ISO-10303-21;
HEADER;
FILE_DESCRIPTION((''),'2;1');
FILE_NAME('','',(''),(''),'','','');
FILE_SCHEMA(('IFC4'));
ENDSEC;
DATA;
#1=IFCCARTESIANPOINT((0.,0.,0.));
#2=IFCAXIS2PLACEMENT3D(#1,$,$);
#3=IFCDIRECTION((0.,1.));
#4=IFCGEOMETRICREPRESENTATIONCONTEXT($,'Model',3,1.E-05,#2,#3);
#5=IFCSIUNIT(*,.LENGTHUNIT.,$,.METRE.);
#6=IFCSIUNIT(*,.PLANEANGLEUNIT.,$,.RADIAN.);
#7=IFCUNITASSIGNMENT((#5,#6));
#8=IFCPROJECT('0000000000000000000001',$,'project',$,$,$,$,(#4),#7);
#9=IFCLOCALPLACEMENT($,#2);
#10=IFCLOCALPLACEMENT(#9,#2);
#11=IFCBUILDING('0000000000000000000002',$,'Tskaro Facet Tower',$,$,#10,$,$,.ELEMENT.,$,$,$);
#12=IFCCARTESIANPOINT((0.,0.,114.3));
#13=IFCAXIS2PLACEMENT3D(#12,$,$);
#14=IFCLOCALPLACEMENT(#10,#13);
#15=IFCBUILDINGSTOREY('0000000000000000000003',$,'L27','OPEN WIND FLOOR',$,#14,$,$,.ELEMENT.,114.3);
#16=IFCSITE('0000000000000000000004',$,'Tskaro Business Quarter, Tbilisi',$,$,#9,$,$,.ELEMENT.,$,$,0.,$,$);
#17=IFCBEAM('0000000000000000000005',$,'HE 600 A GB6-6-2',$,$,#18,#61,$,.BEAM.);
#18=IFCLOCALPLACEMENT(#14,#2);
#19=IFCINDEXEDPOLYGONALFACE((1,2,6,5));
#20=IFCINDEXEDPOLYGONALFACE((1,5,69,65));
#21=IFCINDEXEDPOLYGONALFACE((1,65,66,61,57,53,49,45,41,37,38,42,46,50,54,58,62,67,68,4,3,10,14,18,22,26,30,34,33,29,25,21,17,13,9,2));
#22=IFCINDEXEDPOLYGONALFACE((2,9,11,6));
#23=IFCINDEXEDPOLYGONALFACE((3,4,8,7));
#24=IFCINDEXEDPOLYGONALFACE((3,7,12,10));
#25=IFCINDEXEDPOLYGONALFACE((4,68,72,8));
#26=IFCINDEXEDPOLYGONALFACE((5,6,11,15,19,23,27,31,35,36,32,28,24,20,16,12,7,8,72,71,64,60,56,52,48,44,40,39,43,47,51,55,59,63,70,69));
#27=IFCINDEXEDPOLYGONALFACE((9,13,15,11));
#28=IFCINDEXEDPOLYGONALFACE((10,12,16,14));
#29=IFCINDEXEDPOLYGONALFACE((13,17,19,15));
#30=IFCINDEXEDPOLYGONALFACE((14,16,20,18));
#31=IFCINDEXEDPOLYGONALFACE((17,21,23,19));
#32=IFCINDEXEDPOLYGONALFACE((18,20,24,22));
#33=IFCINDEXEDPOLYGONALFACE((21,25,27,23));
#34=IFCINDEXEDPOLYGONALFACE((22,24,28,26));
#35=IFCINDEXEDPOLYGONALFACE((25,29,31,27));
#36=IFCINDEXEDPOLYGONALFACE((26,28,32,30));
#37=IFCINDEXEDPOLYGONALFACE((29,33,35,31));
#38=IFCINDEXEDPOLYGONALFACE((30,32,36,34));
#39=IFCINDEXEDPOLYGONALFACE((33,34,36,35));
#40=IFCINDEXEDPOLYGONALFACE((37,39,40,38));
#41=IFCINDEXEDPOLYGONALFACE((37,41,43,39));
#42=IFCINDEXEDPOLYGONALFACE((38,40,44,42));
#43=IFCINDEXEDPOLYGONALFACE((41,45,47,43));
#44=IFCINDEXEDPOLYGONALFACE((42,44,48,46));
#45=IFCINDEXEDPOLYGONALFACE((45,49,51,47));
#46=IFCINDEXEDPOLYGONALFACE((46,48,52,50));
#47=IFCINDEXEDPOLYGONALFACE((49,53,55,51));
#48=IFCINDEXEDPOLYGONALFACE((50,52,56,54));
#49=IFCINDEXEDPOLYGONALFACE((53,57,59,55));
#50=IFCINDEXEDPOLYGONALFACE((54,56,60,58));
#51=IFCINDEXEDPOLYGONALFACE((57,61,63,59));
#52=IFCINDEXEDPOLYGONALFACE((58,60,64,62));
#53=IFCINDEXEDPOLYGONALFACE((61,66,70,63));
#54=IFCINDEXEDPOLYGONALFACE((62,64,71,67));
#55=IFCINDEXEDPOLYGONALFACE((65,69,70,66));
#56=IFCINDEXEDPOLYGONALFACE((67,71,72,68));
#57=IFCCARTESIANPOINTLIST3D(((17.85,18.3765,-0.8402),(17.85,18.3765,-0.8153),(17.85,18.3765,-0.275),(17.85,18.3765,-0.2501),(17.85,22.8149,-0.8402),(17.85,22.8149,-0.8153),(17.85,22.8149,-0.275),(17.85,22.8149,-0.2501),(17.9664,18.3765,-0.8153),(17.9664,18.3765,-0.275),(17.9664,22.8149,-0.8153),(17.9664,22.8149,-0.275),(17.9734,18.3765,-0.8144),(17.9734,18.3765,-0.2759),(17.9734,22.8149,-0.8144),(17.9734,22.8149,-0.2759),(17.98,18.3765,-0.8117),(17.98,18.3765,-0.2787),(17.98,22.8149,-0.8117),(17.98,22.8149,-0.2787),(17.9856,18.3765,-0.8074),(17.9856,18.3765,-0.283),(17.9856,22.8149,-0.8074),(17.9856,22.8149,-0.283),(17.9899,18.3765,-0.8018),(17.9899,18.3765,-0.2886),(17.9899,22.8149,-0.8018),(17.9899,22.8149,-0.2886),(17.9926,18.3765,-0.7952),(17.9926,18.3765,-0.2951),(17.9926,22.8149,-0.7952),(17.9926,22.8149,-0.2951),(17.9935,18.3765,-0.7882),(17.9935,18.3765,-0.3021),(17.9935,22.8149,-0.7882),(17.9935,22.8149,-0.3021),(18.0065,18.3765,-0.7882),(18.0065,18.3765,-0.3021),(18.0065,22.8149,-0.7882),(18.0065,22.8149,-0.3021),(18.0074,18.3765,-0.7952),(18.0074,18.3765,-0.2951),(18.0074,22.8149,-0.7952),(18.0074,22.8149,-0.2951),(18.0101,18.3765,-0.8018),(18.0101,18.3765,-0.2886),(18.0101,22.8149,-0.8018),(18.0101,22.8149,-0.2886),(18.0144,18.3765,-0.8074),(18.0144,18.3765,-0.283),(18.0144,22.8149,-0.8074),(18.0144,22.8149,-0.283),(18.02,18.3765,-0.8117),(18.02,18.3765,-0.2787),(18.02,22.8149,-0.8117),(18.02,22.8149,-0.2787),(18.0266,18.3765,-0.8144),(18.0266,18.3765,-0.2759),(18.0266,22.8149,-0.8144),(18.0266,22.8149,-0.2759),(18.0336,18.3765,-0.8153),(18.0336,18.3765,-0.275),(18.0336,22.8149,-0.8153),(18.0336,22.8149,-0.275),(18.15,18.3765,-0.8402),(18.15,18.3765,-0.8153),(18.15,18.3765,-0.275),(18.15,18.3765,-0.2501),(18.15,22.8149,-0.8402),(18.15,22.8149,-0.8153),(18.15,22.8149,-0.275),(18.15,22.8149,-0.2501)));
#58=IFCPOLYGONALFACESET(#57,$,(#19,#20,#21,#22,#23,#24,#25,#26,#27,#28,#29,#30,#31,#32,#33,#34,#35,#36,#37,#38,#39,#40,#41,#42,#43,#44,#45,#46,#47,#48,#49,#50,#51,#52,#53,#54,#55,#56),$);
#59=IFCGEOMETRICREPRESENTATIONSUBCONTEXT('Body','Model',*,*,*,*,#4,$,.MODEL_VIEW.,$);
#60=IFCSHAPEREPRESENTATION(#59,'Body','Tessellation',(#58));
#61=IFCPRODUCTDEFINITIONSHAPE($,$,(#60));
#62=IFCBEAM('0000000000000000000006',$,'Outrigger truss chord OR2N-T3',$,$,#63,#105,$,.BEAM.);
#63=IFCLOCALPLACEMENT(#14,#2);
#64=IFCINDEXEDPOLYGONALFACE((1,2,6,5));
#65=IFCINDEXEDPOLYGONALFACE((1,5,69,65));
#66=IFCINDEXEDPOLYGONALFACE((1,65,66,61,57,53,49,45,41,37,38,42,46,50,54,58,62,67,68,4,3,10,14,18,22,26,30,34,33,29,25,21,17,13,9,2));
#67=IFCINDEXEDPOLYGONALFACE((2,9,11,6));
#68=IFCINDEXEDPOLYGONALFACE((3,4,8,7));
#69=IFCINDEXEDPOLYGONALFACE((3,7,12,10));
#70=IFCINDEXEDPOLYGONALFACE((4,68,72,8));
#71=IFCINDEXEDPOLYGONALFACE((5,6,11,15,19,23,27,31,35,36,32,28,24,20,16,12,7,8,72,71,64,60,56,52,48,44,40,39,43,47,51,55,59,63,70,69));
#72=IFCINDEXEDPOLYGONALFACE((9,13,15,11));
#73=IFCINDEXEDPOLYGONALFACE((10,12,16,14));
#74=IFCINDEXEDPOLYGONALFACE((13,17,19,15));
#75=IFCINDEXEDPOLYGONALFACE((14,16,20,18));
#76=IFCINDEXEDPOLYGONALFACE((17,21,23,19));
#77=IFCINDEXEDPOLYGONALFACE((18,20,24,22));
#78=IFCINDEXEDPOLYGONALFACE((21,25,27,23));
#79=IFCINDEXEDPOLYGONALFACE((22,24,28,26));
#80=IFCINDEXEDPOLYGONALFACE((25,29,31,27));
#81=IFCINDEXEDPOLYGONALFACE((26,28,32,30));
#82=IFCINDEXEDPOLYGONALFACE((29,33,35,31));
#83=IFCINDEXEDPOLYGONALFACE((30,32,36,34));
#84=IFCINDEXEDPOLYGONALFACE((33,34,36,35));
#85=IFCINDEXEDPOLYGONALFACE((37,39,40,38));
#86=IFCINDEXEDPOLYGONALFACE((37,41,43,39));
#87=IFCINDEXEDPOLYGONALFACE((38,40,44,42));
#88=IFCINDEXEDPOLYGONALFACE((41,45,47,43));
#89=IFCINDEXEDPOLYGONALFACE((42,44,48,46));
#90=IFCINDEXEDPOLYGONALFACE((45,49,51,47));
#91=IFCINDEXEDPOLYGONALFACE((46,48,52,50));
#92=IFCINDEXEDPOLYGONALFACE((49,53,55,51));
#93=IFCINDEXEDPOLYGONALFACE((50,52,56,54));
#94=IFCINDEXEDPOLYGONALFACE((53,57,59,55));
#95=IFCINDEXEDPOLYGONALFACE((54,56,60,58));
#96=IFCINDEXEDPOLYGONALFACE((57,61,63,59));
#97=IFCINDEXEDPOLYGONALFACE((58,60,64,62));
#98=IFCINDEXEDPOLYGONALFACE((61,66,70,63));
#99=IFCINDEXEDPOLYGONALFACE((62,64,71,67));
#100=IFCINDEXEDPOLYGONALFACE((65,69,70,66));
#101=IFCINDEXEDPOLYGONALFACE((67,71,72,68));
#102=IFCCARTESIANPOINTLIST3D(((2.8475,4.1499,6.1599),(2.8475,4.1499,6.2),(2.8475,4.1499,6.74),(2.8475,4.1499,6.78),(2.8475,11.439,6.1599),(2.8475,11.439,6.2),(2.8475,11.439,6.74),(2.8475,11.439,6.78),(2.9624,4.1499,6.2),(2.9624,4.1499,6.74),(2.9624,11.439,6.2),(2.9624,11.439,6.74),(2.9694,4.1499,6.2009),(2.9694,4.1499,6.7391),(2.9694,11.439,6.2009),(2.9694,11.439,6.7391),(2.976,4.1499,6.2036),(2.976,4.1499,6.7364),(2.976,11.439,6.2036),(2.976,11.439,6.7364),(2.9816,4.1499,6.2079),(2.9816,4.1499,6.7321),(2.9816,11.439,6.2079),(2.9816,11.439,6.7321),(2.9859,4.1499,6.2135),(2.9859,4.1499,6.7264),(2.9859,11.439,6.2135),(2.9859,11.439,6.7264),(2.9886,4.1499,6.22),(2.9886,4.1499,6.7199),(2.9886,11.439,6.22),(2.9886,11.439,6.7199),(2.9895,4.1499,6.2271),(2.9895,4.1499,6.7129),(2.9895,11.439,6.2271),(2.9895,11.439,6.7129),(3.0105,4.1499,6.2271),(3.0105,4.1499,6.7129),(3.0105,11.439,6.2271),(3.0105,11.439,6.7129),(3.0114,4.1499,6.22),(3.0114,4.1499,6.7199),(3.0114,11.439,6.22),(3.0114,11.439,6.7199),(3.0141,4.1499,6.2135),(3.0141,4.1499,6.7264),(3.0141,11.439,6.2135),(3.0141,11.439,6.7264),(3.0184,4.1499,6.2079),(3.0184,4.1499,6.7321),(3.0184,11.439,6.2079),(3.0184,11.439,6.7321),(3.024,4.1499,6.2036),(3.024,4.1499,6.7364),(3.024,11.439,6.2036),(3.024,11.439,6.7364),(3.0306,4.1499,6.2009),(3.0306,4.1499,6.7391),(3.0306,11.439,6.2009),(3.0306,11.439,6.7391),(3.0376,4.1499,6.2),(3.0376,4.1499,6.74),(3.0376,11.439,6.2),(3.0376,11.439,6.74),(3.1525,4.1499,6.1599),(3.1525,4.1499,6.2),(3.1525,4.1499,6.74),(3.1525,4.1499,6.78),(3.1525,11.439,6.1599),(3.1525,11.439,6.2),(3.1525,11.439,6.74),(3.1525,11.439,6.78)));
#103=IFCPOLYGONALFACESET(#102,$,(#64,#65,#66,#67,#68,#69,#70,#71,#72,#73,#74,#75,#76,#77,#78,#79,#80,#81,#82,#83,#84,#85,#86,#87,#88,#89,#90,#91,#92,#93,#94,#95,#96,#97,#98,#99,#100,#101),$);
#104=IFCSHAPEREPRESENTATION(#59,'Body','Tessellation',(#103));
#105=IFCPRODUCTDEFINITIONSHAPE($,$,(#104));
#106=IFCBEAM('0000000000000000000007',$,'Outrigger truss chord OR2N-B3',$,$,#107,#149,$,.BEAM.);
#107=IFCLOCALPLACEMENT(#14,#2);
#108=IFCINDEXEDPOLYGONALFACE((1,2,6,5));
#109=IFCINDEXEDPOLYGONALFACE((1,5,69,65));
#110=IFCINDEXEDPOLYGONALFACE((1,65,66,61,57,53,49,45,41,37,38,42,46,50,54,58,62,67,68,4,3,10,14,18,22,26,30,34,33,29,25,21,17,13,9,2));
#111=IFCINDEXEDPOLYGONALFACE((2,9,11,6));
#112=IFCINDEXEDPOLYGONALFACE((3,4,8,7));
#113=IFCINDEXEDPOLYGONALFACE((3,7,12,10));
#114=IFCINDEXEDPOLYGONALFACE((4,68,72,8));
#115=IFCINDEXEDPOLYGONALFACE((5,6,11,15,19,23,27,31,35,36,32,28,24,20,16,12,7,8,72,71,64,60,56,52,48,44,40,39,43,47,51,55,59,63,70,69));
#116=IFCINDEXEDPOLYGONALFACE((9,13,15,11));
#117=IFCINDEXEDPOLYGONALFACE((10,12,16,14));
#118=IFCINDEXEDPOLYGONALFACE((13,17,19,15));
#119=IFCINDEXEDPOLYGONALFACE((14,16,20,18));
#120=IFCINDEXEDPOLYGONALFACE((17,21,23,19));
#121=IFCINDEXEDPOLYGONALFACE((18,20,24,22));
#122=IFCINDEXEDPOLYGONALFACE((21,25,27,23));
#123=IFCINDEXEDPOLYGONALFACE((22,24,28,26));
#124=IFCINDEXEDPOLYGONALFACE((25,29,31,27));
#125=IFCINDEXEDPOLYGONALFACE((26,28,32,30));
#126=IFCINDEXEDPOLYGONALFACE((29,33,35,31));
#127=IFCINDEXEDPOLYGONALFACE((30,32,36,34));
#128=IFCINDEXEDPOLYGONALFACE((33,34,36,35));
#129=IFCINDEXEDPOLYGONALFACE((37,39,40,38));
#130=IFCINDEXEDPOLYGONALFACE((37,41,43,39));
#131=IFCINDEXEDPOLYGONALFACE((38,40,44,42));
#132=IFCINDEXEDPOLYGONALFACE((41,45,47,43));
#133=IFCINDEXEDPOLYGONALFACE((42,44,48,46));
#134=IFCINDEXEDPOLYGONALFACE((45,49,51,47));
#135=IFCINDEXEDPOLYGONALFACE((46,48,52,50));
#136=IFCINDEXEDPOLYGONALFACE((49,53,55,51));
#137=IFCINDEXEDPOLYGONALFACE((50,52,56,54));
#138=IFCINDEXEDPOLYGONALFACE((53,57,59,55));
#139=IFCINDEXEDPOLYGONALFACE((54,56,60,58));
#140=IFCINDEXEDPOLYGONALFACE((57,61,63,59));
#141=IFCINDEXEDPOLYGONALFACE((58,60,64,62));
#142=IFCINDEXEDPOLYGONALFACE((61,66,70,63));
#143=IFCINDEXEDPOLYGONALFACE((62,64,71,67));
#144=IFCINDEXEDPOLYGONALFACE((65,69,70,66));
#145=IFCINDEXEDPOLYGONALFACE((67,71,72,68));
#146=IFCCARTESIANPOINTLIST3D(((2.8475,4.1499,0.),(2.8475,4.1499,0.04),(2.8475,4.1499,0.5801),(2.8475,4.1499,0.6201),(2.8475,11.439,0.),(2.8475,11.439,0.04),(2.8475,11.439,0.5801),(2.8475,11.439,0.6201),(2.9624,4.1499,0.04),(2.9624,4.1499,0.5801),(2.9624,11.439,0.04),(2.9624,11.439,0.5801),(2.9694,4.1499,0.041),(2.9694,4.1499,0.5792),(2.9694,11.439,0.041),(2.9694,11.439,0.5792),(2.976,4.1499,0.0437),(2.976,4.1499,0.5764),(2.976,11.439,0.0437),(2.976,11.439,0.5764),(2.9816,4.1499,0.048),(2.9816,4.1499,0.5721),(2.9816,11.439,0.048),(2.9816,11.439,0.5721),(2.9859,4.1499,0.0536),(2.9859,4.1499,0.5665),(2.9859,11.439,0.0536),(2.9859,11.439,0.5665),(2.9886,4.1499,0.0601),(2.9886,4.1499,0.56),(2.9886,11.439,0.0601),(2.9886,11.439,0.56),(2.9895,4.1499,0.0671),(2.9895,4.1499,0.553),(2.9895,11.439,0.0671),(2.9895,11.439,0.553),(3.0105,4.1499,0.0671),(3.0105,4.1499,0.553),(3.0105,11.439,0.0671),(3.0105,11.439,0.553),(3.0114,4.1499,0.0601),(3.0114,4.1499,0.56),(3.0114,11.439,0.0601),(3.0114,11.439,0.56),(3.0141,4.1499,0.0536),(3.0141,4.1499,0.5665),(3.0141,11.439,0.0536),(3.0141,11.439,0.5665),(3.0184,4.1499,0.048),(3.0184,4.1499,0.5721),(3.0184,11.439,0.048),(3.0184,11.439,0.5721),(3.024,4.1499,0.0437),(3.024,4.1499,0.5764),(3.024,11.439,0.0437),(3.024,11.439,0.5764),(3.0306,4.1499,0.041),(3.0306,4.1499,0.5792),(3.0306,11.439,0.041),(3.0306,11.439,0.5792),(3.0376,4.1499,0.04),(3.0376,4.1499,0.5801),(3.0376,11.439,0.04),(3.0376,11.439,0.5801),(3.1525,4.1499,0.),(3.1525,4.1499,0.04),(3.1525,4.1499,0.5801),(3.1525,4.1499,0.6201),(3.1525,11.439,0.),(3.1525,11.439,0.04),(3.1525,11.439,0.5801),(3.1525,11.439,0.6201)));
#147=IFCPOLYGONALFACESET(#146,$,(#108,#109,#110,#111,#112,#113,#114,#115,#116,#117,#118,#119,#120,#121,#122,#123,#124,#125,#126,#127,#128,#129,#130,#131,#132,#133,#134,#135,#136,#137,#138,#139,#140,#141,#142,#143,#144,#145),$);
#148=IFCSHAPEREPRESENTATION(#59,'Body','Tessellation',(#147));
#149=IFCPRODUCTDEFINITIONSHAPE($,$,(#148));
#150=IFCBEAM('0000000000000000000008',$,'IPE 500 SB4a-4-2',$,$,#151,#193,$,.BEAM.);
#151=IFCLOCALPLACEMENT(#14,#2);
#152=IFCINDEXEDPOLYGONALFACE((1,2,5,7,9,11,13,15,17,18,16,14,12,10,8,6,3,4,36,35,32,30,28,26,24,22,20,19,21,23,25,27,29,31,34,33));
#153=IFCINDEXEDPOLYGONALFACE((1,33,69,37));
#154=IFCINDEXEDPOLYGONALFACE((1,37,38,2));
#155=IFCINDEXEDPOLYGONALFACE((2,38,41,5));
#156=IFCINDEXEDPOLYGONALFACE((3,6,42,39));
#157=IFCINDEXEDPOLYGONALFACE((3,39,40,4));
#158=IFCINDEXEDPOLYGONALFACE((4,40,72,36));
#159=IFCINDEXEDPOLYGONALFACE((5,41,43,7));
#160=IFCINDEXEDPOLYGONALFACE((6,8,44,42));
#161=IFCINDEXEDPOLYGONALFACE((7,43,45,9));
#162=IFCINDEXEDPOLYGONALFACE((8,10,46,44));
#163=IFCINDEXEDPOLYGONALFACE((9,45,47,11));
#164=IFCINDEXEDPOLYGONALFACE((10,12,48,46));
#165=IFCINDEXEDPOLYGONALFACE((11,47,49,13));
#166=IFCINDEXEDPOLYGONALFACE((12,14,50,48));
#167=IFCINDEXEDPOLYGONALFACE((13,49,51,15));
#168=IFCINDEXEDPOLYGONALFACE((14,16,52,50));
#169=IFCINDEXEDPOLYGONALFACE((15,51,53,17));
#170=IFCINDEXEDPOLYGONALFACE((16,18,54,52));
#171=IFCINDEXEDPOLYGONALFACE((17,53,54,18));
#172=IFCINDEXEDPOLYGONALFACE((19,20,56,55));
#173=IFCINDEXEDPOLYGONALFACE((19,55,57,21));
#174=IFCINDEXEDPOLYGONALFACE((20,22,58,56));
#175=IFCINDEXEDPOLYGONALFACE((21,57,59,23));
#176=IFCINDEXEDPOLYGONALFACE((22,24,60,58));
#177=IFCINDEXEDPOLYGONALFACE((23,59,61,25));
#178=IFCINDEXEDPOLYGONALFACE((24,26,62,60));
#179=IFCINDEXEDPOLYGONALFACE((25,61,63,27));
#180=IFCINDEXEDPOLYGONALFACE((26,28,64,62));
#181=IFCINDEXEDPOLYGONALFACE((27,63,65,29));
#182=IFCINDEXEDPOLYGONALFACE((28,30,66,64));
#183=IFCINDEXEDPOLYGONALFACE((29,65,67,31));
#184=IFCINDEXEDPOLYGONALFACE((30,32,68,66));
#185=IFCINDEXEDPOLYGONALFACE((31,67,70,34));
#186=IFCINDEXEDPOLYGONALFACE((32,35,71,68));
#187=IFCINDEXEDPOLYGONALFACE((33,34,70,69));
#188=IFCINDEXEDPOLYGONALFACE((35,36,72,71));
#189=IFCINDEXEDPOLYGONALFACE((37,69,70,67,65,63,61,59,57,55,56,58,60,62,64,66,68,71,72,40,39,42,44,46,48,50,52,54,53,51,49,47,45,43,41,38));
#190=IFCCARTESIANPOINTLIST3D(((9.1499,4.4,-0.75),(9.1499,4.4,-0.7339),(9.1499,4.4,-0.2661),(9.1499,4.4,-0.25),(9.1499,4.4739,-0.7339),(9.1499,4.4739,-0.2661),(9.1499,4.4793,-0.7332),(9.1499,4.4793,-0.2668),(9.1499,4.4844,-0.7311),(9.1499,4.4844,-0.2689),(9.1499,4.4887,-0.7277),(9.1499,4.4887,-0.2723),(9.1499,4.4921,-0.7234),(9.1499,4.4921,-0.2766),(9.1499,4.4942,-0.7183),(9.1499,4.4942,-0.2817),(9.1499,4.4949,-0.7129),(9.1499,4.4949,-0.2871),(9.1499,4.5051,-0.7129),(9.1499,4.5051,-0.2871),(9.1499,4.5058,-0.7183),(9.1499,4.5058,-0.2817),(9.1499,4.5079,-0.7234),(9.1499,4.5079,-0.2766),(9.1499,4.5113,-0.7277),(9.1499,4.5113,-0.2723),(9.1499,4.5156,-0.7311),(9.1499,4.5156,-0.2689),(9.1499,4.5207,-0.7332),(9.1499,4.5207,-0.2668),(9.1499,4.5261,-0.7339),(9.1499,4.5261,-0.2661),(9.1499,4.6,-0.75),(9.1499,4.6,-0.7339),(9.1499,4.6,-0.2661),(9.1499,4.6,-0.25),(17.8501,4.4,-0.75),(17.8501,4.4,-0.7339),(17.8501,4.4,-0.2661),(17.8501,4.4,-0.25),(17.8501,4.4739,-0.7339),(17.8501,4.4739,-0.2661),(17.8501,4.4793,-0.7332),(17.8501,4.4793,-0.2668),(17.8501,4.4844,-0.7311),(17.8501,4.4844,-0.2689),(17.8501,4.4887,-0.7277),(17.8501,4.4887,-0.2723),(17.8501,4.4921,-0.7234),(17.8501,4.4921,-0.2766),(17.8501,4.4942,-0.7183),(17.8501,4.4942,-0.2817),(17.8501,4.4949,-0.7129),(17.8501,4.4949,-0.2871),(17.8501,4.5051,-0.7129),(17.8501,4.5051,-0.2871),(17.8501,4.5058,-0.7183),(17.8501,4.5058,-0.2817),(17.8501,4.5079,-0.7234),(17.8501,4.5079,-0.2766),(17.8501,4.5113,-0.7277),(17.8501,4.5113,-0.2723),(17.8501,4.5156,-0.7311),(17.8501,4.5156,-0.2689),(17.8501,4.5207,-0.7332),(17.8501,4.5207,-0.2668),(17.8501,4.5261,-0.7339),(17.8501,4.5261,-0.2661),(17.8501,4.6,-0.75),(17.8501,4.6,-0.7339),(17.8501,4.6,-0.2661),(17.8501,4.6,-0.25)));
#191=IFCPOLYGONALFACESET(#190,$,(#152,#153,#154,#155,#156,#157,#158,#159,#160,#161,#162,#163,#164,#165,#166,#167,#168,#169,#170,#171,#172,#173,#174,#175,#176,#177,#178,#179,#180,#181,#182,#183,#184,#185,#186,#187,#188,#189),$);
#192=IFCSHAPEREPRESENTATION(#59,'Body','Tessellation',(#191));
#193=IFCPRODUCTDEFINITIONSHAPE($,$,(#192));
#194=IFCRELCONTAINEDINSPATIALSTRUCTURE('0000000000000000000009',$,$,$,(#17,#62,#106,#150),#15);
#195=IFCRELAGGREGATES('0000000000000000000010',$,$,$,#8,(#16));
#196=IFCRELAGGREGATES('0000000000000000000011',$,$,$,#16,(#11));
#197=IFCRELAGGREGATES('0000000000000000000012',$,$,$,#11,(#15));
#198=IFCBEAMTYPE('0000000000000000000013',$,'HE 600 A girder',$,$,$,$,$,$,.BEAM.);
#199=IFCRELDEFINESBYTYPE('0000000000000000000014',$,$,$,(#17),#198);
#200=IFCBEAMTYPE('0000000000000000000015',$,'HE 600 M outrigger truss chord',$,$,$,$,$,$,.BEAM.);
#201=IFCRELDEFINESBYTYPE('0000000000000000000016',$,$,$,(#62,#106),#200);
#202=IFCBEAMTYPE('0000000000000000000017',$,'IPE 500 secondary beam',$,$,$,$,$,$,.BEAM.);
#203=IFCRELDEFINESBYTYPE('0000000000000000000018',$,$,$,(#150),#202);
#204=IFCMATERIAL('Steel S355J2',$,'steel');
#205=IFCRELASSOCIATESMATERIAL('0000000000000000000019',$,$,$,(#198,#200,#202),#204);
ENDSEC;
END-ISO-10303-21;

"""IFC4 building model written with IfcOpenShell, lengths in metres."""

from ifc_helpers import new_model, si_unit, direction, frame, origin, origin_2d, place, context, subcontext, project, spatial, i_section, extrude, material, material_profile, profile_set, type_object, element, save


model = new_model("IFC4")

# Units and contexts
model_context = context("Model", 3, precision=1e-05, world=origin(), true_north=direction((0.0, 1.0)))
body_context = subcontext(model_context, "Body", "Model", "MODEL_VIEW")
ifc_project = project(units=[si_unit("LENGTHUNIT", "METRE"), si_unit("PLANEANGLEUNIT", "RADIAN")], contexts=[model_context])

# Site, building, storey
site_placement = place(None, origin())
site = spatial("IfcSite", under=ifc_project, at=site_placement, Name="Tskaro Business Quarter, Tbilisi", CompositionType="ELEMENT", RefElevation=0.0)
building_placement = place(site_placement, origin())
building = spatial("IfcBuilding", under=site, at=building_placement, Name="Tskaro Facet Tower", CompositionType="ELEMENT")
storey_placement = place(building_placement, frame((0.0, 0.0, 114.3)))
storey = spatial("IfcBuildingStorey", under=building, at=storey_placement, Name="L27", Description="OPEN WIND FLOOR", CompositionType="ELEMENT", Elevation=114.3)

# Beams
ifc_material_1 = material(Name="Steel S355J2", Category="steel")
ifc_material_profile_1 = material_profile(ifc_material_1, i_section(OverallWidth=0.3, OverallDepth=0.5901, WebThickness=0.0129, FlangeThickness=0.0249, FilletRadius=0.0271, at=origin_2d()), Name="HE 600 A")
ifc_profile_set_1 = profile_set([ifc_material_profile_1], Name="Steel S355J2")
beam_type_1 = type_object("IfcBeamType", Name="HE 600 A girder", PredefinedType="BEAM", material=ifc_profile_set_1)
beam_1_placement = place(storey_placement, frame((18.0, 18.3765, -0.5452), z_axis=(0.0, 1.0, 0.0), x_axis=(-1.0, 0.0, 0.0)))
element("IfcBeam", 1, at=beam_1_placement, inside=storey, type_object=beam_type_1, Name="HE 600 A GB6-6-2", PredefinedType="BEAM", context=body_context, shape_type="SweptSolid", body=[
    extrude(i_section(OverallWidth=0.3, OverallDepth=0.5901, WebThickness=0.0129, FlangeThickness=0.0249, FilletRadius=0.0271, at=origin_2d()), origin(), (0.0, 0.0, 1.0), 4.4385),
])
ifc_material_profile_2 = material_profile(ifc_material_1, i_section(OverallWidth=0.3049, OverallDepth=0.6201, WebThickness=0.021, FlangeThickness=0.04, FilletRadius=0.0271, at=origin_2d()), Name="HE 600 M")
ifc_profile_set_2 = profile_set([ifc_material_profile_2], Name="Steel S355J2")
beam_type_2 = type_object("IfcBeamType", Name="HE 600 M outrigger truss chord", PredefinedType="BEAM", material=ifc_profile_set_2)
for number, where, z_axis, x_axis, name in (
    (2, (3.0, 11.439, 6.47), (0.0, -1.0, 0.0), (1.0, 0.0, 0.0), "Outrigger truss chord OR2N-T3"),
    (3, (3.0, 11.439, 0.3101), (0.0, -1.0, 0.0), (1.0, 0.0, 0.0), "Outrigger truss chord OR2N-B3"),
):
    element("IfcBeam", number, at=place(storey_placement, frame(where, z_axis=z_axis, x_axis=x_axis)), inside=storey, type_object=beam_type_2, Name=name, PredefinedType="BEAM", context=body_context, shape_type="SweptSolid", body=[
        extrude(i_section(OverallWidth=0.3049, OverallDepth=0.6201, WebThickness=0.021, FlangeThickness=0.04, FilletRadius=0.0271, at=origin_2d()), origin(), (0.0, 0.0, 1.0), 7.2891),
    ])
ifc_material_profile_3 = material_profile(ifc_material_1, i_section(OverallWidth=0.2, OverallDepth=0.5, WebThickness=0.0103, FlangeThickness=0.0161, FilletRadius=0.021, at=origin_2d()), Name="IPE 500")
ifc_profile_set_3 = profile_set([ifc_material_profile_3], Name="Steel S355J2")
beam_type_3 = type_object("IfcBeamType", Name="IPE 500 secondary beam", PredefinedType="BEAM", material=ifc_profile_set_3)
for number, where, z_axis, x_axis, name in (
    (4, (9.1499, 4.5, -0.5), (1.0, 0.0, 0.0), (0.0, 1.0, 0.0), "IPE 500 SB4a-4-2"),
):
    element("IfcBeam", number, at=place(storey_placement, frame(where, z_axis=z_axis, x_axis=x_axis)), inside=storey, type_object=beam_type_3, Name=name, PredefinedType="BEAM", context=body_context, shape_type="SweptSolid", body=[
        extrude(i_section(OverallWidth=0.2, OverallDepth=0.5, WebThickness=0.0103, FlangeThickness=0.0161, FilletRadius=0.021, at=origin_2d()), origin(), (0.0, 0.0, 1.0), 8.7002),
    ])

save(model, "model.ifc")
